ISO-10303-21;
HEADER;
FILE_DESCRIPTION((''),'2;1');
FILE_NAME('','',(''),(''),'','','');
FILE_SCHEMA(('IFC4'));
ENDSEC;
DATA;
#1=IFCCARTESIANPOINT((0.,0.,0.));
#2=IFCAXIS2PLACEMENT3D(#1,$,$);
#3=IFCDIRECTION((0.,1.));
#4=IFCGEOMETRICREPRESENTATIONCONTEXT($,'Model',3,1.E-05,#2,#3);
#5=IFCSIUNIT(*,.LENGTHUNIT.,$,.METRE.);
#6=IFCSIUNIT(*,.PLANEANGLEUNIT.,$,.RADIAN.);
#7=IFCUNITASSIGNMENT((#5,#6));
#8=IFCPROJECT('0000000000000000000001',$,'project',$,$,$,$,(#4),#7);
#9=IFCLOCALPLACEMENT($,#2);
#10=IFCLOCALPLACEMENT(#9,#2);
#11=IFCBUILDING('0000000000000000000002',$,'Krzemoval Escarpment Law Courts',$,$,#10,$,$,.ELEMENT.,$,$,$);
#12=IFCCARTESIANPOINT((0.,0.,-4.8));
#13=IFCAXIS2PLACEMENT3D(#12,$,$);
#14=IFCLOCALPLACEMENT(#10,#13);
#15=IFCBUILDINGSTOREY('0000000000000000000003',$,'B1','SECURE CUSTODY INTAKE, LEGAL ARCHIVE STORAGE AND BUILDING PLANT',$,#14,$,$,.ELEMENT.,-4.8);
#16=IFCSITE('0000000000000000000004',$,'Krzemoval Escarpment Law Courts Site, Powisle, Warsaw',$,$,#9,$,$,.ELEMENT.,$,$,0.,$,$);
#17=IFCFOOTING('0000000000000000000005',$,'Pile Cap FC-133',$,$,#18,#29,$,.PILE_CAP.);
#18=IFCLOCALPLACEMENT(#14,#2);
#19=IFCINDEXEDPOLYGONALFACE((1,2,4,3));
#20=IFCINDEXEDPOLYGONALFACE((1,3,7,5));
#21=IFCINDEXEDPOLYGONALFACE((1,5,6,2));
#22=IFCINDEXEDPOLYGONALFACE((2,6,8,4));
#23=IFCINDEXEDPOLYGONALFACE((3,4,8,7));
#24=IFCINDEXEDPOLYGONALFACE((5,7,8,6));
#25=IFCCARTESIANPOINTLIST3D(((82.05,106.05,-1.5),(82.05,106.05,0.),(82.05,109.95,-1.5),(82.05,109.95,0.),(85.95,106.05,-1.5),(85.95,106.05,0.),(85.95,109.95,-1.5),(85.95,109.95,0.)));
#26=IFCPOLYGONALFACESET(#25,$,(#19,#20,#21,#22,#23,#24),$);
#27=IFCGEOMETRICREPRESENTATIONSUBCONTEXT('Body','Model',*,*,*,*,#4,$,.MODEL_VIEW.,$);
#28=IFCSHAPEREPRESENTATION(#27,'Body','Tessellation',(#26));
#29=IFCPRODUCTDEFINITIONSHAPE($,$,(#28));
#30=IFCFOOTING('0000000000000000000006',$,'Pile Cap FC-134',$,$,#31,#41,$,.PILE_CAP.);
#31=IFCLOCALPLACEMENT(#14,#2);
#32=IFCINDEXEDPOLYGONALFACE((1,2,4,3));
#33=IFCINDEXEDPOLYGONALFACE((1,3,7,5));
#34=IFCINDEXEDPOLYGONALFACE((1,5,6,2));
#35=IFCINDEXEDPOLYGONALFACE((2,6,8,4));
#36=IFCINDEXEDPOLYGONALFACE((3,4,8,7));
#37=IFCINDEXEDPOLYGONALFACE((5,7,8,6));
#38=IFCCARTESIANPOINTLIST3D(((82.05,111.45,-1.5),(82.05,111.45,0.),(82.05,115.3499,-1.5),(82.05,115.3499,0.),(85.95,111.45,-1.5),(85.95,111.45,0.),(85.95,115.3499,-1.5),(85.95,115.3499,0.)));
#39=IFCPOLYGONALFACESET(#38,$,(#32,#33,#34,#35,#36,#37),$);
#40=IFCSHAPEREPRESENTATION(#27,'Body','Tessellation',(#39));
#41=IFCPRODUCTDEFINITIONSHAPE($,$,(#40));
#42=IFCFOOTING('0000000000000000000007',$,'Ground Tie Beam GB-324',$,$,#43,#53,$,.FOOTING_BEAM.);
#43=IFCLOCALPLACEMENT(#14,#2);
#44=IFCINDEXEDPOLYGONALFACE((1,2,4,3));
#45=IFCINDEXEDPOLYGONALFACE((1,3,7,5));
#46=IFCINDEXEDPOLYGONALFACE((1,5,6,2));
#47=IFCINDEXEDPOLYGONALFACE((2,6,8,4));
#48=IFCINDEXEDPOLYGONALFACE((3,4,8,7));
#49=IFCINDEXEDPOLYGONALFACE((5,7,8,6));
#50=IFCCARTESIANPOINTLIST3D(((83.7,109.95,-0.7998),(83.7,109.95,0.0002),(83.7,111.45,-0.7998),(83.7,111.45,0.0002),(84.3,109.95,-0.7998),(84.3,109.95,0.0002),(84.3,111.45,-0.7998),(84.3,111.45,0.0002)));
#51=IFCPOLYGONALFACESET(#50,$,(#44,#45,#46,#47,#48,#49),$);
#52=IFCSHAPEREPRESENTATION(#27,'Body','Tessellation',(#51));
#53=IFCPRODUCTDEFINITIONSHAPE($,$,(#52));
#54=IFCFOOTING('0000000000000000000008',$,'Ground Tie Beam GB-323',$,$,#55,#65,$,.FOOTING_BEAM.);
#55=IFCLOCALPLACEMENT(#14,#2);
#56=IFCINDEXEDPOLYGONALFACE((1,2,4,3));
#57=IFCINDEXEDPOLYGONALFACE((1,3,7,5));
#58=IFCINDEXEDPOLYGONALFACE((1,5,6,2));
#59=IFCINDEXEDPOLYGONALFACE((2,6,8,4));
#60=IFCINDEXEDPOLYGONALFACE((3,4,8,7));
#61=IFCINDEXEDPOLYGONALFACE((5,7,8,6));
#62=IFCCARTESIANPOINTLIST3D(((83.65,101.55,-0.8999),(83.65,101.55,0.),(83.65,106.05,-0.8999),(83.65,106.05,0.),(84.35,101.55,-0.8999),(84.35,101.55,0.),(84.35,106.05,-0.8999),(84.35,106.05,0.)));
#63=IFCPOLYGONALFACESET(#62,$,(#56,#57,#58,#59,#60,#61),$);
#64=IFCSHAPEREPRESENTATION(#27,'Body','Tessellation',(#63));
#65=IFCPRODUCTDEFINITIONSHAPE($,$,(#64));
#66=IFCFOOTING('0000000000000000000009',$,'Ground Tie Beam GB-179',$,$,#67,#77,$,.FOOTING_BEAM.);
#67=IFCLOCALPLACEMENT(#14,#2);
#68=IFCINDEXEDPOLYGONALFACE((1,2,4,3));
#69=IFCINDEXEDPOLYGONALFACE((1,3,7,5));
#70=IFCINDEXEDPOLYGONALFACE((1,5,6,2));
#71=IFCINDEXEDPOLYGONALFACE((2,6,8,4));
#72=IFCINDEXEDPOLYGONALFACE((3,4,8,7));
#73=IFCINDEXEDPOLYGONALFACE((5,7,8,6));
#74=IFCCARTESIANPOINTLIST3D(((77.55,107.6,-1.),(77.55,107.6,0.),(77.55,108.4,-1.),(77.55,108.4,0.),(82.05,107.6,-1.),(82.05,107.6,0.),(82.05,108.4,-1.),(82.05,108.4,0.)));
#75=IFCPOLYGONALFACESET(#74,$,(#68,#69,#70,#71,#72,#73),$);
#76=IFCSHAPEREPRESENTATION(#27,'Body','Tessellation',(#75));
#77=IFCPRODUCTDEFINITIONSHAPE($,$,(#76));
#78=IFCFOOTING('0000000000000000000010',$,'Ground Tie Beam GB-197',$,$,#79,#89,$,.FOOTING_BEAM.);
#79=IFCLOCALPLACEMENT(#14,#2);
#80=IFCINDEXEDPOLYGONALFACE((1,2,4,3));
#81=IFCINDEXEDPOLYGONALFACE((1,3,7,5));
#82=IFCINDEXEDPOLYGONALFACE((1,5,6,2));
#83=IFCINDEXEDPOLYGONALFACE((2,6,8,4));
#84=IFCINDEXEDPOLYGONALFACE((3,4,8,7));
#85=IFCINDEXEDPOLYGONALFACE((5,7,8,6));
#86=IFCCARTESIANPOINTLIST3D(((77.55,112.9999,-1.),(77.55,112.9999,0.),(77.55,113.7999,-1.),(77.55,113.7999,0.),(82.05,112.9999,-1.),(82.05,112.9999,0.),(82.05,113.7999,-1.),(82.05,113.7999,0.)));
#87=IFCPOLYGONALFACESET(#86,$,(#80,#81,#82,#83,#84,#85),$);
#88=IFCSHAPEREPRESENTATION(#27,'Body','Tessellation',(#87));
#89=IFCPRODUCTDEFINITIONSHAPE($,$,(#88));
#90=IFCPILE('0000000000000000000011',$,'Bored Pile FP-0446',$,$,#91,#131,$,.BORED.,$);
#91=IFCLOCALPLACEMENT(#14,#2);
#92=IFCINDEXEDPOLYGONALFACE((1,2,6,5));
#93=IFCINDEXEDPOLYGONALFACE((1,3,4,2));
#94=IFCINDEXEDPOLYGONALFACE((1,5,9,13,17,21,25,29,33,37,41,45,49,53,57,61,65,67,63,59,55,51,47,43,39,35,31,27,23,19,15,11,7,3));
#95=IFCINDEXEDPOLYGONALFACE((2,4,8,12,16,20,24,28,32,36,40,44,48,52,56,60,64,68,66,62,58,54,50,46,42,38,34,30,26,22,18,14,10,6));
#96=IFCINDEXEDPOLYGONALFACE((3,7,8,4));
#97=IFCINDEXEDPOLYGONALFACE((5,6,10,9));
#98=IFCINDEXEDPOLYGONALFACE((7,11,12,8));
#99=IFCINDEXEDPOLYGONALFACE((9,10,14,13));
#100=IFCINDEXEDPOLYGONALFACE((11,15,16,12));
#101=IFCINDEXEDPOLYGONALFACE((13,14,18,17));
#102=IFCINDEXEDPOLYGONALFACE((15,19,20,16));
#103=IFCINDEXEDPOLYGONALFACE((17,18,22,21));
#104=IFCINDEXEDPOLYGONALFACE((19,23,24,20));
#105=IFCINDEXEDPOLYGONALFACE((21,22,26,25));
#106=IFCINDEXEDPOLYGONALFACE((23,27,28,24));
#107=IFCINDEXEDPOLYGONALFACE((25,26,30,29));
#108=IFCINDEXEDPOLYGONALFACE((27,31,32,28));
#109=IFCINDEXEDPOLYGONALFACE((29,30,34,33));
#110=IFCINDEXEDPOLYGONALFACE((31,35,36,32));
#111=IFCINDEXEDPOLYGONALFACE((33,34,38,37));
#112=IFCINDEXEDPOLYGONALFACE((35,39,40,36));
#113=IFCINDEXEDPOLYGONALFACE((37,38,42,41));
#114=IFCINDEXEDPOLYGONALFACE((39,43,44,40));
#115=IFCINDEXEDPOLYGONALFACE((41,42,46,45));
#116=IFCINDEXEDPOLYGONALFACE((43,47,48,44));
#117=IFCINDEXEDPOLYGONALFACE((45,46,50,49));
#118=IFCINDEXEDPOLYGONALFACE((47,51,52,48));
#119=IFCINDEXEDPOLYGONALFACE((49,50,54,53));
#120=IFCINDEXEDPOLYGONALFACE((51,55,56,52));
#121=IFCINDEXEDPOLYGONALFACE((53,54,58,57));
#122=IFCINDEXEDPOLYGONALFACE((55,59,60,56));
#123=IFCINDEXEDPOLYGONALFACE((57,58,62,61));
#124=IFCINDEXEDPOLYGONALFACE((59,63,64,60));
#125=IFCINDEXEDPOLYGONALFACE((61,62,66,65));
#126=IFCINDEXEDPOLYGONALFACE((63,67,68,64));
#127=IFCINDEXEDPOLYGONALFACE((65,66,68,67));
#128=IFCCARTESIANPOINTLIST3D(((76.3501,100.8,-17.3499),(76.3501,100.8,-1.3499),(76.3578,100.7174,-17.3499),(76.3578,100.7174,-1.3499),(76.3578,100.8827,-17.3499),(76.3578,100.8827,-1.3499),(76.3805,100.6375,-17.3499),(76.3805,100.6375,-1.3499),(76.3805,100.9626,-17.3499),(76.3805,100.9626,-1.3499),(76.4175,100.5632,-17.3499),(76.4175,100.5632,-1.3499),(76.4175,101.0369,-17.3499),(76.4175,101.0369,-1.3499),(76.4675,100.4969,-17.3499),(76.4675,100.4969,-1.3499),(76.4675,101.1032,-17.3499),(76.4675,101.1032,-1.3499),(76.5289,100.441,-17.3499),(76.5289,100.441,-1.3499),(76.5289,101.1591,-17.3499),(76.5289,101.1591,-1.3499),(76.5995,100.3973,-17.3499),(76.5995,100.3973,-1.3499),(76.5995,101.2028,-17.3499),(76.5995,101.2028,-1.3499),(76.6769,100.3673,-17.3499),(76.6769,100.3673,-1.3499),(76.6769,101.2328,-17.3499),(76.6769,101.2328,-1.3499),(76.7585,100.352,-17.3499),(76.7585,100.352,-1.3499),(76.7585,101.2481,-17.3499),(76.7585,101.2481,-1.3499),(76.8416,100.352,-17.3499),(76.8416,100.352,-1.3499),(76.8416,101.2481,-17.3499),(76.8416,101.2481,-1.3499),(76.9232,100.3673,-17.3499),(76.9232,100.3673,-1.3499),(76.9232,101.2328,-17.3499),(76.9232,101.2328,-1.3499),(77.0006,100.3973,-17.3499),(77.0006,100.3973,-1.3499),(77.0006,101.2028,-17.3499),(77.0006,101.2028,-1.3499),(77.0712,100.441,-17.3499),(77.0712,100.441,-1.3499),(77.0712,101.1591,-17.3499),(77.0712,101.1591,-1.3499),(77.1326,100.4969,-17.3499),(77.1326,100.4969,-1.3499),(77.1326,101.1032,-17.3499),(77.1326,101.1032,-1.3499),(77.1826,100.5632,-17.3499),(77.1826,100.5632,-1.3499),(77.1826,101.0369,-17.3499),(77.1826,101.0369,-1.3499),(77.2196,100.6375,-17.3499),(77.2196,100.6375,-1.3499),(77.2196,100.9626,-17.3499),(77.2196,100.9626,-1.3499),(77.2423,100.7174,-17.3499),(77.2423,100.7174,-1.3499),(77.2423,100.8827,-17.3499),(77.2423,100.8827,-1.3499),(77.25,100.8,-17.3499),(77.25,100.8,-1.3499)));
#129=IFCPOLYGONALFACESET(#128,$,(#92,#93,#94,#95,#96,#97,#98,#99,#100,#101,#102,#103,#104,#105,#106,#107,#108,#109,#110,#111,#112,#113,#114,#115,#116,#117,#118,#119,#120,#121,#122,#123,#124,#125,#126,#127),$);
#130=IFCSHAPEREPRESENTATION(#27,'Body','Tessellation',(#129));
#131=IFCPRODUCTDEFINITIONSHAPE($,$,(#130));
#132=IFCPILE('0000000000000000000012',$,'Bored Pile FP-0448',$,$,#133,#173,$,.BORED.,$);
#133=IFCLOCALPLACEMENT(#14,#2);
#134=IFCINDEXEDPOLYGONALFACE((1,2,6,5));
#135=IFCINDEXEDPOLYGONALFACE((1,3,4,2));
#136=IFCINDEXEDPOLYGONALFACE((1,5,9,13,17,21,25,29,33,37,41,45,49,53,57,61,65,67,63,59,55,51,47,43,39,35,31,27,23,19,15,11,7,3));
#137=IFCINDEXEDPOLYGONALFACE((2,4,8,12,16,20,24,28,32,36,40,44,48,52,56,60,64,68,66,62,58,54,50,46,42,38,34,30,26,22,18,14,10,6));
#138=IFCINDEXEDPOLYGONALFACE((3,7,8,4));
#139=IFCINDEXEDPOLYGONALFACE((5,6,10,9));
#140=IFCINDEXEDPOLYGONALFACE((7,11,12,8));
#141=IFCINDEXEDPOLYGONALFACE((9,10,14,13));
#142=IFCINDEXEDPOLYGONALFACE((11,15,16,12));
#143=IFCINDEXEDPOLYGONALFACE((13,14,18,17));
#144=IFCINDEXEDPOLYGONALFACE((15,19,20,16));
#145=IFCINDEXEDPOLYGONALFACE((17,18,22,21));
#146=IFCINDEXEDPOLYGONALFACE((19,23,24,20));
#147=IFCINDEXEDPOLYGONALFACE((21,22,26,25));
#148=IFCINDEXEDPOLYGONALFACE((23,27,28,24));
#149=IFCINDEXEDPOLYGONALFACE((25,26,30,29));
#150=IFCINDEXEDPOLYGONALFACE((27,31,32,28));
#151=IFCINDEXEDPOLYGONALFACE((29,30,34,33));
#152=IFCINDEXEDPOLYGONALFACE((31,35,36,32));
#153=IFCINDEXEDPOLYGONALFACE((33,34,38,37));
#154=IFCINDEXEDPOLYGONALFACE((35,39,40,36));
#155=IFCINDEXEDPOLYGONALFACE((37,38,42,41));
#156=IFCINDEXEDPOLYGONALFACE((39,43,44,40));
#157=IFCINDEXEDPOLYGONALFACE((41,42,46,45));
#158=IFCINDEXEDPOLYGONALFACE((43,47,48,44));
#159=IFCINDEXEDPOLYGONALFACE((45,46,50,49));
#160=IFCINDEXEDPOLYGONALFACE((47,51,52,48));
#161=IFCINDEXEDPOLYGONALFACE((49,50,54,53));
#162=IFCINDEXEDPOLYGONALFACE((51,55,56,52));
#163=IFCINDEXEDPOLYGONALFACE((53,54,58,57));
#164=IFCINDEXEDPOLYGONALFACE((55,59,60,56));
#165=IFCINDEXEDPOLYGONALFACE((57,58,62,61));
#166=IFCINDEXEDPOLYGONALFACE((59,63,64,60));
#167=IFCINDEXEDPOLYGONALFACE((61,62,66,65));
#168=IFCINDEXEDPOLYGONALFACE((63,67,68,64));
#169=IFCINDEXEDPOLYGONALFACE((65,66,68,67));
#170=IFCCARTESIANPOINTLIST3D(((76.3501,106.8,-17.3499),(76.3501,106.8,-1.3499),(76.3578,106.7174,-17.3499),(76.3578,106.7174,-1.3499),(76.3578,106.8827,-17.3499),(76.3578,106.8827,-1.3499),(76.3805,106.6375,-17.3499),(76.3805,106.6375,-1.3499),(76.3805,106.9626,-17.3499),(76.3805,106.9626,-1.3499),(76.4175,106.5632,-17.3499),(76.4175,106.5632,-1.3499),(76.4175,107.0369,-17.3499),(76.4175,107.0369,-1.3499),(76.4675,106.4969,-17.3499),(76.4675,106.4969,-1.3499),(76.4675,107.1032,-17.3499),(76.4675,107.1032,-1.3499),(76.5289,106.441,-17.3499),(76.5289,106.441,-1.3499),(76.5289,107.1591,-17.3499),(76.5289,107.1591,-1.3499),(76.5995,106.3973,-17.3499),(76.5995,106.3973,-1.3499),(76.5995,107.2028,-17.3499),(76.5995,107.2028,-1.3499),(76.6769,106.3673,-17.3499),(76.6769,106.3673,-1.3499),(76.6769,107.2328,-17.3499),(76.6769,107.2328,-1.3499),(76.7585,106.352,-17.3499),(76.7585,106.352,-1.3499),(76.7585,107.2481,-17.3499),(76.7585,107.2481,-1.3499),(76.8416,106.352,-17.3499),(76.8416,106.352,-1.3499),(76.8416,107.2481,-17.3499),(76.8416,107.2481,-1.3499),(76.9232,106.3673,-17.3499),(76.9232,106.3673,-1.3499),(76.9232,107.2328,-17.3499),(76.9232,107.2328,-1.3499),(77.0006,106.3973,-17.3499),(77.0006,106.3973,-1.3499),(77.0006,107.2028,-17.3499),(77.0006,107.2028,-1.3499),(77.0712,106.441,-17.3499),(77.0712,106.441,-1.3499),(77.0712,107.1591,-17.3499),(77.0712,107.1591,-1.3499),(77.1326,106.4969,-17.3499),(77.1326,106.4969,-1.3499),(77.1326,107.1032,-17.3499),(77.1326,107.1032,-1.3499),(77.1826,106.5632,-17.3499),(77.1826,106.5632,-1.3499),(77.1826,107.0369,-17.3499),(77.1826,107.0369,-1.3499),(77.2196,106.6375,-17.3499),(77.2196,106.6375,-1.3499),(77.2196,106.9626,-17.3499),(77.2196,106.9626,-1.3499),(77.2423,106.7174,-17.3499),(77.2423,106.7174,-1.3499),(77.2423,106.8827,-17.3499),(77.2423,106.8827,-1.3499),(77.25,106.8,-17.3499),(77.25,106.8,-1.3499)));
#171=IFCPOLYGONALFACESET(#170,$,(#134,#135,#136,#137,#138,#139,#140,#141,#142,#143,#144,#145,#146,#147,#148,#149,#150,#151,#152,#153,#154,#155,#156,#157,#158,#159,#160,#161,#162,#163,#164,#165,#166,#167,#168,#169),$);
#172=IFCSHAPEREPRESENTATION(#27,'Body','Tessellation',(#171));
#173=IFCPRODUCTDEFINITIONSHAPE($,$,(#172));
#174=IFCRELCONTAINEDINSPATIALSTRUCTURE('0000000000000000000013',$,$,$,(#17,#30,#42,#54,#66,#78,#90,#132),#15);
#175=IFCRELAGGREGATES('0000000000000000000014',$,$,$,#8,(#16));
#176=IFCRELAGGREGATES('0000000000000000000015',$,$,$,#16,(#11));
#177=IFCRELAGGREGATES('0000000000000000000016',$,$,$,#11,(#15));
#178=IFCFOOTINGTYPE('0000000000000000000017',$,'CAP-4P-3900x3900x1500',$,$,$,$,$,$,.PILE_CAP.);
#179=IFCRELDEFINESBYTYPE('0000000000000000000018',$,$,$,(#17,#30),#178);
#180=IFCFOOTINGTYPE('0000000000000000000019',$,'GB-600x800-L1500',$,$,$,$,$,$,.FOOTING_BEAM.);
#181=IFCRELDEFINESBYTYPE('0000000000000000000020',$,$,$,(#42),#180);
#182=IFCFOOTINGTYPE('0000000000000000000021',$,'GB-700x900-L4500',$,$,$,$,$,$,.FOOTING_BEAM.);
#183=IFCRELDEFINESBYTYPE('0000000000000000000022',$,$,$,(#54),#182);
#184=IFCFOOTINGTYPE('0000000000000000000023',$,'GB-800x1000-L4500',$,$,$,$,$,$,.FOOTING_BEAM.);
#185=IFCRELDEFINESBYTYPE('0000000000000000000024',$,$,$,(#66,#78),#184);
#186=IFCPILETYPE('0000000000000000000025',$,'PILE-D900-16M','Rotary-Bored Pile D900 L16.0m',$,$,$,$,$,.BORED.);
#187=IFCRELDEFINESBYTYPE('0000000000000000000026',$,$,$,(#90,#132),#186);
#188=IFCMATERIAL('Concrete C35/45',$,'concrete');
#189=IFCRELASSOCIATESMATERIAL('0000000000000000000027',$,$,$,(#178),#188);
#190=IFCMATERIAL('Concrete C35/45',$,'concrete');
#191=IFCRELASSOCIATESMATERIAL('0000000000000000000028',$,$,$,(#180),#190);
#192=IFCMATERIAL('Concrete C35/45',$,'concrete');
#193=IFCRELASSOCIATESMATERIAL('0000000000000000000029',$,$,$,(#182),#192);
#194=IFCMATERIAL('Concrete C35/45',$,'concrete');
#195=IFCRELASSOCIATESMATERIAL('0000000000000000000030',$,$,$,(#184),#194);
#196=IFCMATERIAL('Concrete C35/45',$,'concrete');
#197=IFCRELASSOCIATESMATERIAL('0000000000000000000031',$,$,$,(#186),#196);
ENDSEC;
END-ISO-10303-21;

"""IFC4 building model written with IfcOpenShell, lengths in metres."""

from ifc_helpers import new_model, si_unit, direction, frame, origin, origin_2d, place, context, subcontext, project, spatial, rectangle, circle, extrude, material, material_profile, profile_set, type_object, element, save


model = new_model("IFC4")

# Units and contexts
model_context = context("Model", 3, precision=1e-05, world=origin(), true_north=direction((0.0, 1.0)))
body_context = subcontext(model_context, "Body", "Model", "MODEL_VIEW")
ifc_project = project(units=[si_unit("LENGTHUNIT", "METRE"), si_unit("PLANEANGLEUNIT", "RADIAN")], contexts=[model_context])

# Site, building, storey
site_placement = place(None, origin())
site = spatial("IfcSite", under=ifc_project, at=site_placement, Name="Krzemoval Escarpment Law Courts Site, Powisle, Warsaw", CompositionType="ELEMENT", RefElevation=0.0)
building_placement = place(site_placement, origin())
building = spatial("IfcBuilding", under=site, at=building_placement, Name="Krzemoval Escarpment Law Courts", CompositionType="ELEMENT")
storey_placement = place(building_placement, frame((0.0, 0.0, -4.8)))
storey = spatial("IfcBuildingStorey", under=building, at=storey_placement, Name="B1", Description="SECURE CUSTODY INTAKE, LEGAL ARCHIVE STORAGE AND BUILDING PLANT", CompositionType="ELEMENT", Elevation=-4.8)

# Footings
ifc_material_1 = material(Name="Concrete C35/45", Category="concrete")
footing_type_1 = type_object("IfcFootingType", Name="CAP-4P-3900x3900x1500", PredefinedType="PILE_CAP", material=ifc_material_1)
for number, where, z_axis, x_axis, name in (
    (1, (84.0, 108.0, -1.5), (0.0, 0.0, 1.0), (1.0, 0.0, 0.0), "Pile Cap FC-133"),
    (2, (84.0, 113.3999, -1.5), (0.0, 0.0, 1.0), (1.0, 0.0, 0.0), "Pile Cap FC-134"),
):
    element("IfcFooting", number, at=place(storey_placement, frame(where, z_axis=z_axis, x_axis=x_axis)), inside=storey, type_object=footing_type_1, Name=name, PredefinedType="PILE_CAP", context=body_context, shape_type="SweptSolid", body=[
        extrude(rectangle(XDim=3.8999, YDim=3.8999, at=origin_2d()), origin(), (0.0, 0.0, 1.0), 1.5),
    ])
ifc_material_2 = material(Name="Concrete C35/45", Category="concrete")
footing_type_2 = type_object("IfcFootingType", Name="GB-600x800-L1500", PredefinedType="FOOTING_BEAM", material=ifc_material_2)
footing_1_placement = place(storey_placement, frame((84.0, 110.7, -0.7998), z_axis=(0.0, 0.0, 1.0), x_axis=(0.0, 1.0, 0.0)))
element("IfcFooting", 3, at=footing_1_placement, inside=storey, type_object=footing_type_2, Name="Ground Tie Beam GB-324", PredefinedType="FOOTING_BEAM", context=body_context, shape_type="SweptSolid", body=[
    extrude(rectangle(XDim=1.5, YDim=0.6001, at=origin_2d()), origin(), (0.0, 0.0, 1.0), 0.8),
])
ifc_material_3 = material(Name="Concrete C35/45", Category="concrete")
footing_type_3 = type_object("IfcFootingType", Name="GB-700x900-L4500", PredefinedType="FOOTING_BEAM", material=ifc_material_3)
footing_2_placement = place(storey_placement, frame((84.0, 103.8, -0.8999), z_axis=(0.0, 0.0, 1.0), x_axis=(0.0, 1.0, 0.0)))
element("IfcFooting", 4, at=footing_2_placement, inside=storey, type_object=footing_type_3, Name="Ground Tie Beam GB-323", PredefinedType="FOOTING_BEAM", context=body_context, shape_type="SweptSolid", body=[
    extrude(rectangle(XDim=4.5, YDim=0.7, at=origin_2d()), origin(), (0.0, 0.0, 1.0), 0.8999),
])
ifc_material_4 = material(Name="Concrete C35/45", Category="concrete")
footing_type_4 = type_object("IfcFootingType", Name="GB-800x1000-L4500", PredefinedType="FOOTING_BEAM", material=ifc_material_4)
for number, where, z_axis, x_axis, name in (
    (5, (79.8, 108.0, -1.0), (0.0, 0.0, 1.0), (1.0, 0.0, 0.0), "Ground Tie Beam GB-179"),
    (6, (79.8, 113.3999, -1.0), (0.0, 0.0, 1.0), (1.0, 0.0, 0.0), "Ground Tie Beam GB-197"),
):
    element("IfcFooting", number, at=place(storey_placement, frame(where, z_axis=z_axis, x_axis=x_axis)), inside=storey, type_object=footing_type_4, Name=name, PredefinedType="FOOTING_BEAM", context=body_context, shape_type="SweptSolid", body=[
        extrude(rectangle(XDim=4.5, YDim=0.8, at=origin_2d()), origin(), (0.0, 0.0, 1.0), 1.0),
    ])

# Piles
ifc_material_5 = material(Name="Concrete C35/45", Category="concrete")
ifc_material_profile_1 = material_profile(ifc_material_5, circle(Radius=0.45, at=origin_2d()), Name="PILE D900")
ifc_profile_set_1 = profile_set([ifc_material_profile_1], Name="Concrete C35/45")
pile_type = type_object("IfcPileType", Name="PILE-D900-16M", Description="Rotary-Bored Pile D900 L16.0m", PredefinedType="BORED", material=ifc_profile_set_1)
for number, where, z_axis, x_axis, name in (
    (7, (76.8, 100.8, -1.3499), (0.0, 0.0, -1.0), (1.0, 0.0, 0.0), "Bored Pile FP-0446"),
    (8, (76.8, 106.8, -1.3499), (0.0, 0.0, -1.0), (1.0, 0.0, 0.0), "Bored Pile FP-0448"),
):
    element("IfcPile", number, at=place(storey_placement, frame(where, z_axis=z_axis, x_axis=x_axis)), inside=storey, type_object=pile_type, Name=name, PredefinedType="BORED", context=body_context, shape_type="SweptSolid", body=[
        extrude(circle(Radius=0.45, at=origin_2d()), origin(), (0.0, 0.0, 1.0), 16.0),
    ])

save(model, "model.ifc")
